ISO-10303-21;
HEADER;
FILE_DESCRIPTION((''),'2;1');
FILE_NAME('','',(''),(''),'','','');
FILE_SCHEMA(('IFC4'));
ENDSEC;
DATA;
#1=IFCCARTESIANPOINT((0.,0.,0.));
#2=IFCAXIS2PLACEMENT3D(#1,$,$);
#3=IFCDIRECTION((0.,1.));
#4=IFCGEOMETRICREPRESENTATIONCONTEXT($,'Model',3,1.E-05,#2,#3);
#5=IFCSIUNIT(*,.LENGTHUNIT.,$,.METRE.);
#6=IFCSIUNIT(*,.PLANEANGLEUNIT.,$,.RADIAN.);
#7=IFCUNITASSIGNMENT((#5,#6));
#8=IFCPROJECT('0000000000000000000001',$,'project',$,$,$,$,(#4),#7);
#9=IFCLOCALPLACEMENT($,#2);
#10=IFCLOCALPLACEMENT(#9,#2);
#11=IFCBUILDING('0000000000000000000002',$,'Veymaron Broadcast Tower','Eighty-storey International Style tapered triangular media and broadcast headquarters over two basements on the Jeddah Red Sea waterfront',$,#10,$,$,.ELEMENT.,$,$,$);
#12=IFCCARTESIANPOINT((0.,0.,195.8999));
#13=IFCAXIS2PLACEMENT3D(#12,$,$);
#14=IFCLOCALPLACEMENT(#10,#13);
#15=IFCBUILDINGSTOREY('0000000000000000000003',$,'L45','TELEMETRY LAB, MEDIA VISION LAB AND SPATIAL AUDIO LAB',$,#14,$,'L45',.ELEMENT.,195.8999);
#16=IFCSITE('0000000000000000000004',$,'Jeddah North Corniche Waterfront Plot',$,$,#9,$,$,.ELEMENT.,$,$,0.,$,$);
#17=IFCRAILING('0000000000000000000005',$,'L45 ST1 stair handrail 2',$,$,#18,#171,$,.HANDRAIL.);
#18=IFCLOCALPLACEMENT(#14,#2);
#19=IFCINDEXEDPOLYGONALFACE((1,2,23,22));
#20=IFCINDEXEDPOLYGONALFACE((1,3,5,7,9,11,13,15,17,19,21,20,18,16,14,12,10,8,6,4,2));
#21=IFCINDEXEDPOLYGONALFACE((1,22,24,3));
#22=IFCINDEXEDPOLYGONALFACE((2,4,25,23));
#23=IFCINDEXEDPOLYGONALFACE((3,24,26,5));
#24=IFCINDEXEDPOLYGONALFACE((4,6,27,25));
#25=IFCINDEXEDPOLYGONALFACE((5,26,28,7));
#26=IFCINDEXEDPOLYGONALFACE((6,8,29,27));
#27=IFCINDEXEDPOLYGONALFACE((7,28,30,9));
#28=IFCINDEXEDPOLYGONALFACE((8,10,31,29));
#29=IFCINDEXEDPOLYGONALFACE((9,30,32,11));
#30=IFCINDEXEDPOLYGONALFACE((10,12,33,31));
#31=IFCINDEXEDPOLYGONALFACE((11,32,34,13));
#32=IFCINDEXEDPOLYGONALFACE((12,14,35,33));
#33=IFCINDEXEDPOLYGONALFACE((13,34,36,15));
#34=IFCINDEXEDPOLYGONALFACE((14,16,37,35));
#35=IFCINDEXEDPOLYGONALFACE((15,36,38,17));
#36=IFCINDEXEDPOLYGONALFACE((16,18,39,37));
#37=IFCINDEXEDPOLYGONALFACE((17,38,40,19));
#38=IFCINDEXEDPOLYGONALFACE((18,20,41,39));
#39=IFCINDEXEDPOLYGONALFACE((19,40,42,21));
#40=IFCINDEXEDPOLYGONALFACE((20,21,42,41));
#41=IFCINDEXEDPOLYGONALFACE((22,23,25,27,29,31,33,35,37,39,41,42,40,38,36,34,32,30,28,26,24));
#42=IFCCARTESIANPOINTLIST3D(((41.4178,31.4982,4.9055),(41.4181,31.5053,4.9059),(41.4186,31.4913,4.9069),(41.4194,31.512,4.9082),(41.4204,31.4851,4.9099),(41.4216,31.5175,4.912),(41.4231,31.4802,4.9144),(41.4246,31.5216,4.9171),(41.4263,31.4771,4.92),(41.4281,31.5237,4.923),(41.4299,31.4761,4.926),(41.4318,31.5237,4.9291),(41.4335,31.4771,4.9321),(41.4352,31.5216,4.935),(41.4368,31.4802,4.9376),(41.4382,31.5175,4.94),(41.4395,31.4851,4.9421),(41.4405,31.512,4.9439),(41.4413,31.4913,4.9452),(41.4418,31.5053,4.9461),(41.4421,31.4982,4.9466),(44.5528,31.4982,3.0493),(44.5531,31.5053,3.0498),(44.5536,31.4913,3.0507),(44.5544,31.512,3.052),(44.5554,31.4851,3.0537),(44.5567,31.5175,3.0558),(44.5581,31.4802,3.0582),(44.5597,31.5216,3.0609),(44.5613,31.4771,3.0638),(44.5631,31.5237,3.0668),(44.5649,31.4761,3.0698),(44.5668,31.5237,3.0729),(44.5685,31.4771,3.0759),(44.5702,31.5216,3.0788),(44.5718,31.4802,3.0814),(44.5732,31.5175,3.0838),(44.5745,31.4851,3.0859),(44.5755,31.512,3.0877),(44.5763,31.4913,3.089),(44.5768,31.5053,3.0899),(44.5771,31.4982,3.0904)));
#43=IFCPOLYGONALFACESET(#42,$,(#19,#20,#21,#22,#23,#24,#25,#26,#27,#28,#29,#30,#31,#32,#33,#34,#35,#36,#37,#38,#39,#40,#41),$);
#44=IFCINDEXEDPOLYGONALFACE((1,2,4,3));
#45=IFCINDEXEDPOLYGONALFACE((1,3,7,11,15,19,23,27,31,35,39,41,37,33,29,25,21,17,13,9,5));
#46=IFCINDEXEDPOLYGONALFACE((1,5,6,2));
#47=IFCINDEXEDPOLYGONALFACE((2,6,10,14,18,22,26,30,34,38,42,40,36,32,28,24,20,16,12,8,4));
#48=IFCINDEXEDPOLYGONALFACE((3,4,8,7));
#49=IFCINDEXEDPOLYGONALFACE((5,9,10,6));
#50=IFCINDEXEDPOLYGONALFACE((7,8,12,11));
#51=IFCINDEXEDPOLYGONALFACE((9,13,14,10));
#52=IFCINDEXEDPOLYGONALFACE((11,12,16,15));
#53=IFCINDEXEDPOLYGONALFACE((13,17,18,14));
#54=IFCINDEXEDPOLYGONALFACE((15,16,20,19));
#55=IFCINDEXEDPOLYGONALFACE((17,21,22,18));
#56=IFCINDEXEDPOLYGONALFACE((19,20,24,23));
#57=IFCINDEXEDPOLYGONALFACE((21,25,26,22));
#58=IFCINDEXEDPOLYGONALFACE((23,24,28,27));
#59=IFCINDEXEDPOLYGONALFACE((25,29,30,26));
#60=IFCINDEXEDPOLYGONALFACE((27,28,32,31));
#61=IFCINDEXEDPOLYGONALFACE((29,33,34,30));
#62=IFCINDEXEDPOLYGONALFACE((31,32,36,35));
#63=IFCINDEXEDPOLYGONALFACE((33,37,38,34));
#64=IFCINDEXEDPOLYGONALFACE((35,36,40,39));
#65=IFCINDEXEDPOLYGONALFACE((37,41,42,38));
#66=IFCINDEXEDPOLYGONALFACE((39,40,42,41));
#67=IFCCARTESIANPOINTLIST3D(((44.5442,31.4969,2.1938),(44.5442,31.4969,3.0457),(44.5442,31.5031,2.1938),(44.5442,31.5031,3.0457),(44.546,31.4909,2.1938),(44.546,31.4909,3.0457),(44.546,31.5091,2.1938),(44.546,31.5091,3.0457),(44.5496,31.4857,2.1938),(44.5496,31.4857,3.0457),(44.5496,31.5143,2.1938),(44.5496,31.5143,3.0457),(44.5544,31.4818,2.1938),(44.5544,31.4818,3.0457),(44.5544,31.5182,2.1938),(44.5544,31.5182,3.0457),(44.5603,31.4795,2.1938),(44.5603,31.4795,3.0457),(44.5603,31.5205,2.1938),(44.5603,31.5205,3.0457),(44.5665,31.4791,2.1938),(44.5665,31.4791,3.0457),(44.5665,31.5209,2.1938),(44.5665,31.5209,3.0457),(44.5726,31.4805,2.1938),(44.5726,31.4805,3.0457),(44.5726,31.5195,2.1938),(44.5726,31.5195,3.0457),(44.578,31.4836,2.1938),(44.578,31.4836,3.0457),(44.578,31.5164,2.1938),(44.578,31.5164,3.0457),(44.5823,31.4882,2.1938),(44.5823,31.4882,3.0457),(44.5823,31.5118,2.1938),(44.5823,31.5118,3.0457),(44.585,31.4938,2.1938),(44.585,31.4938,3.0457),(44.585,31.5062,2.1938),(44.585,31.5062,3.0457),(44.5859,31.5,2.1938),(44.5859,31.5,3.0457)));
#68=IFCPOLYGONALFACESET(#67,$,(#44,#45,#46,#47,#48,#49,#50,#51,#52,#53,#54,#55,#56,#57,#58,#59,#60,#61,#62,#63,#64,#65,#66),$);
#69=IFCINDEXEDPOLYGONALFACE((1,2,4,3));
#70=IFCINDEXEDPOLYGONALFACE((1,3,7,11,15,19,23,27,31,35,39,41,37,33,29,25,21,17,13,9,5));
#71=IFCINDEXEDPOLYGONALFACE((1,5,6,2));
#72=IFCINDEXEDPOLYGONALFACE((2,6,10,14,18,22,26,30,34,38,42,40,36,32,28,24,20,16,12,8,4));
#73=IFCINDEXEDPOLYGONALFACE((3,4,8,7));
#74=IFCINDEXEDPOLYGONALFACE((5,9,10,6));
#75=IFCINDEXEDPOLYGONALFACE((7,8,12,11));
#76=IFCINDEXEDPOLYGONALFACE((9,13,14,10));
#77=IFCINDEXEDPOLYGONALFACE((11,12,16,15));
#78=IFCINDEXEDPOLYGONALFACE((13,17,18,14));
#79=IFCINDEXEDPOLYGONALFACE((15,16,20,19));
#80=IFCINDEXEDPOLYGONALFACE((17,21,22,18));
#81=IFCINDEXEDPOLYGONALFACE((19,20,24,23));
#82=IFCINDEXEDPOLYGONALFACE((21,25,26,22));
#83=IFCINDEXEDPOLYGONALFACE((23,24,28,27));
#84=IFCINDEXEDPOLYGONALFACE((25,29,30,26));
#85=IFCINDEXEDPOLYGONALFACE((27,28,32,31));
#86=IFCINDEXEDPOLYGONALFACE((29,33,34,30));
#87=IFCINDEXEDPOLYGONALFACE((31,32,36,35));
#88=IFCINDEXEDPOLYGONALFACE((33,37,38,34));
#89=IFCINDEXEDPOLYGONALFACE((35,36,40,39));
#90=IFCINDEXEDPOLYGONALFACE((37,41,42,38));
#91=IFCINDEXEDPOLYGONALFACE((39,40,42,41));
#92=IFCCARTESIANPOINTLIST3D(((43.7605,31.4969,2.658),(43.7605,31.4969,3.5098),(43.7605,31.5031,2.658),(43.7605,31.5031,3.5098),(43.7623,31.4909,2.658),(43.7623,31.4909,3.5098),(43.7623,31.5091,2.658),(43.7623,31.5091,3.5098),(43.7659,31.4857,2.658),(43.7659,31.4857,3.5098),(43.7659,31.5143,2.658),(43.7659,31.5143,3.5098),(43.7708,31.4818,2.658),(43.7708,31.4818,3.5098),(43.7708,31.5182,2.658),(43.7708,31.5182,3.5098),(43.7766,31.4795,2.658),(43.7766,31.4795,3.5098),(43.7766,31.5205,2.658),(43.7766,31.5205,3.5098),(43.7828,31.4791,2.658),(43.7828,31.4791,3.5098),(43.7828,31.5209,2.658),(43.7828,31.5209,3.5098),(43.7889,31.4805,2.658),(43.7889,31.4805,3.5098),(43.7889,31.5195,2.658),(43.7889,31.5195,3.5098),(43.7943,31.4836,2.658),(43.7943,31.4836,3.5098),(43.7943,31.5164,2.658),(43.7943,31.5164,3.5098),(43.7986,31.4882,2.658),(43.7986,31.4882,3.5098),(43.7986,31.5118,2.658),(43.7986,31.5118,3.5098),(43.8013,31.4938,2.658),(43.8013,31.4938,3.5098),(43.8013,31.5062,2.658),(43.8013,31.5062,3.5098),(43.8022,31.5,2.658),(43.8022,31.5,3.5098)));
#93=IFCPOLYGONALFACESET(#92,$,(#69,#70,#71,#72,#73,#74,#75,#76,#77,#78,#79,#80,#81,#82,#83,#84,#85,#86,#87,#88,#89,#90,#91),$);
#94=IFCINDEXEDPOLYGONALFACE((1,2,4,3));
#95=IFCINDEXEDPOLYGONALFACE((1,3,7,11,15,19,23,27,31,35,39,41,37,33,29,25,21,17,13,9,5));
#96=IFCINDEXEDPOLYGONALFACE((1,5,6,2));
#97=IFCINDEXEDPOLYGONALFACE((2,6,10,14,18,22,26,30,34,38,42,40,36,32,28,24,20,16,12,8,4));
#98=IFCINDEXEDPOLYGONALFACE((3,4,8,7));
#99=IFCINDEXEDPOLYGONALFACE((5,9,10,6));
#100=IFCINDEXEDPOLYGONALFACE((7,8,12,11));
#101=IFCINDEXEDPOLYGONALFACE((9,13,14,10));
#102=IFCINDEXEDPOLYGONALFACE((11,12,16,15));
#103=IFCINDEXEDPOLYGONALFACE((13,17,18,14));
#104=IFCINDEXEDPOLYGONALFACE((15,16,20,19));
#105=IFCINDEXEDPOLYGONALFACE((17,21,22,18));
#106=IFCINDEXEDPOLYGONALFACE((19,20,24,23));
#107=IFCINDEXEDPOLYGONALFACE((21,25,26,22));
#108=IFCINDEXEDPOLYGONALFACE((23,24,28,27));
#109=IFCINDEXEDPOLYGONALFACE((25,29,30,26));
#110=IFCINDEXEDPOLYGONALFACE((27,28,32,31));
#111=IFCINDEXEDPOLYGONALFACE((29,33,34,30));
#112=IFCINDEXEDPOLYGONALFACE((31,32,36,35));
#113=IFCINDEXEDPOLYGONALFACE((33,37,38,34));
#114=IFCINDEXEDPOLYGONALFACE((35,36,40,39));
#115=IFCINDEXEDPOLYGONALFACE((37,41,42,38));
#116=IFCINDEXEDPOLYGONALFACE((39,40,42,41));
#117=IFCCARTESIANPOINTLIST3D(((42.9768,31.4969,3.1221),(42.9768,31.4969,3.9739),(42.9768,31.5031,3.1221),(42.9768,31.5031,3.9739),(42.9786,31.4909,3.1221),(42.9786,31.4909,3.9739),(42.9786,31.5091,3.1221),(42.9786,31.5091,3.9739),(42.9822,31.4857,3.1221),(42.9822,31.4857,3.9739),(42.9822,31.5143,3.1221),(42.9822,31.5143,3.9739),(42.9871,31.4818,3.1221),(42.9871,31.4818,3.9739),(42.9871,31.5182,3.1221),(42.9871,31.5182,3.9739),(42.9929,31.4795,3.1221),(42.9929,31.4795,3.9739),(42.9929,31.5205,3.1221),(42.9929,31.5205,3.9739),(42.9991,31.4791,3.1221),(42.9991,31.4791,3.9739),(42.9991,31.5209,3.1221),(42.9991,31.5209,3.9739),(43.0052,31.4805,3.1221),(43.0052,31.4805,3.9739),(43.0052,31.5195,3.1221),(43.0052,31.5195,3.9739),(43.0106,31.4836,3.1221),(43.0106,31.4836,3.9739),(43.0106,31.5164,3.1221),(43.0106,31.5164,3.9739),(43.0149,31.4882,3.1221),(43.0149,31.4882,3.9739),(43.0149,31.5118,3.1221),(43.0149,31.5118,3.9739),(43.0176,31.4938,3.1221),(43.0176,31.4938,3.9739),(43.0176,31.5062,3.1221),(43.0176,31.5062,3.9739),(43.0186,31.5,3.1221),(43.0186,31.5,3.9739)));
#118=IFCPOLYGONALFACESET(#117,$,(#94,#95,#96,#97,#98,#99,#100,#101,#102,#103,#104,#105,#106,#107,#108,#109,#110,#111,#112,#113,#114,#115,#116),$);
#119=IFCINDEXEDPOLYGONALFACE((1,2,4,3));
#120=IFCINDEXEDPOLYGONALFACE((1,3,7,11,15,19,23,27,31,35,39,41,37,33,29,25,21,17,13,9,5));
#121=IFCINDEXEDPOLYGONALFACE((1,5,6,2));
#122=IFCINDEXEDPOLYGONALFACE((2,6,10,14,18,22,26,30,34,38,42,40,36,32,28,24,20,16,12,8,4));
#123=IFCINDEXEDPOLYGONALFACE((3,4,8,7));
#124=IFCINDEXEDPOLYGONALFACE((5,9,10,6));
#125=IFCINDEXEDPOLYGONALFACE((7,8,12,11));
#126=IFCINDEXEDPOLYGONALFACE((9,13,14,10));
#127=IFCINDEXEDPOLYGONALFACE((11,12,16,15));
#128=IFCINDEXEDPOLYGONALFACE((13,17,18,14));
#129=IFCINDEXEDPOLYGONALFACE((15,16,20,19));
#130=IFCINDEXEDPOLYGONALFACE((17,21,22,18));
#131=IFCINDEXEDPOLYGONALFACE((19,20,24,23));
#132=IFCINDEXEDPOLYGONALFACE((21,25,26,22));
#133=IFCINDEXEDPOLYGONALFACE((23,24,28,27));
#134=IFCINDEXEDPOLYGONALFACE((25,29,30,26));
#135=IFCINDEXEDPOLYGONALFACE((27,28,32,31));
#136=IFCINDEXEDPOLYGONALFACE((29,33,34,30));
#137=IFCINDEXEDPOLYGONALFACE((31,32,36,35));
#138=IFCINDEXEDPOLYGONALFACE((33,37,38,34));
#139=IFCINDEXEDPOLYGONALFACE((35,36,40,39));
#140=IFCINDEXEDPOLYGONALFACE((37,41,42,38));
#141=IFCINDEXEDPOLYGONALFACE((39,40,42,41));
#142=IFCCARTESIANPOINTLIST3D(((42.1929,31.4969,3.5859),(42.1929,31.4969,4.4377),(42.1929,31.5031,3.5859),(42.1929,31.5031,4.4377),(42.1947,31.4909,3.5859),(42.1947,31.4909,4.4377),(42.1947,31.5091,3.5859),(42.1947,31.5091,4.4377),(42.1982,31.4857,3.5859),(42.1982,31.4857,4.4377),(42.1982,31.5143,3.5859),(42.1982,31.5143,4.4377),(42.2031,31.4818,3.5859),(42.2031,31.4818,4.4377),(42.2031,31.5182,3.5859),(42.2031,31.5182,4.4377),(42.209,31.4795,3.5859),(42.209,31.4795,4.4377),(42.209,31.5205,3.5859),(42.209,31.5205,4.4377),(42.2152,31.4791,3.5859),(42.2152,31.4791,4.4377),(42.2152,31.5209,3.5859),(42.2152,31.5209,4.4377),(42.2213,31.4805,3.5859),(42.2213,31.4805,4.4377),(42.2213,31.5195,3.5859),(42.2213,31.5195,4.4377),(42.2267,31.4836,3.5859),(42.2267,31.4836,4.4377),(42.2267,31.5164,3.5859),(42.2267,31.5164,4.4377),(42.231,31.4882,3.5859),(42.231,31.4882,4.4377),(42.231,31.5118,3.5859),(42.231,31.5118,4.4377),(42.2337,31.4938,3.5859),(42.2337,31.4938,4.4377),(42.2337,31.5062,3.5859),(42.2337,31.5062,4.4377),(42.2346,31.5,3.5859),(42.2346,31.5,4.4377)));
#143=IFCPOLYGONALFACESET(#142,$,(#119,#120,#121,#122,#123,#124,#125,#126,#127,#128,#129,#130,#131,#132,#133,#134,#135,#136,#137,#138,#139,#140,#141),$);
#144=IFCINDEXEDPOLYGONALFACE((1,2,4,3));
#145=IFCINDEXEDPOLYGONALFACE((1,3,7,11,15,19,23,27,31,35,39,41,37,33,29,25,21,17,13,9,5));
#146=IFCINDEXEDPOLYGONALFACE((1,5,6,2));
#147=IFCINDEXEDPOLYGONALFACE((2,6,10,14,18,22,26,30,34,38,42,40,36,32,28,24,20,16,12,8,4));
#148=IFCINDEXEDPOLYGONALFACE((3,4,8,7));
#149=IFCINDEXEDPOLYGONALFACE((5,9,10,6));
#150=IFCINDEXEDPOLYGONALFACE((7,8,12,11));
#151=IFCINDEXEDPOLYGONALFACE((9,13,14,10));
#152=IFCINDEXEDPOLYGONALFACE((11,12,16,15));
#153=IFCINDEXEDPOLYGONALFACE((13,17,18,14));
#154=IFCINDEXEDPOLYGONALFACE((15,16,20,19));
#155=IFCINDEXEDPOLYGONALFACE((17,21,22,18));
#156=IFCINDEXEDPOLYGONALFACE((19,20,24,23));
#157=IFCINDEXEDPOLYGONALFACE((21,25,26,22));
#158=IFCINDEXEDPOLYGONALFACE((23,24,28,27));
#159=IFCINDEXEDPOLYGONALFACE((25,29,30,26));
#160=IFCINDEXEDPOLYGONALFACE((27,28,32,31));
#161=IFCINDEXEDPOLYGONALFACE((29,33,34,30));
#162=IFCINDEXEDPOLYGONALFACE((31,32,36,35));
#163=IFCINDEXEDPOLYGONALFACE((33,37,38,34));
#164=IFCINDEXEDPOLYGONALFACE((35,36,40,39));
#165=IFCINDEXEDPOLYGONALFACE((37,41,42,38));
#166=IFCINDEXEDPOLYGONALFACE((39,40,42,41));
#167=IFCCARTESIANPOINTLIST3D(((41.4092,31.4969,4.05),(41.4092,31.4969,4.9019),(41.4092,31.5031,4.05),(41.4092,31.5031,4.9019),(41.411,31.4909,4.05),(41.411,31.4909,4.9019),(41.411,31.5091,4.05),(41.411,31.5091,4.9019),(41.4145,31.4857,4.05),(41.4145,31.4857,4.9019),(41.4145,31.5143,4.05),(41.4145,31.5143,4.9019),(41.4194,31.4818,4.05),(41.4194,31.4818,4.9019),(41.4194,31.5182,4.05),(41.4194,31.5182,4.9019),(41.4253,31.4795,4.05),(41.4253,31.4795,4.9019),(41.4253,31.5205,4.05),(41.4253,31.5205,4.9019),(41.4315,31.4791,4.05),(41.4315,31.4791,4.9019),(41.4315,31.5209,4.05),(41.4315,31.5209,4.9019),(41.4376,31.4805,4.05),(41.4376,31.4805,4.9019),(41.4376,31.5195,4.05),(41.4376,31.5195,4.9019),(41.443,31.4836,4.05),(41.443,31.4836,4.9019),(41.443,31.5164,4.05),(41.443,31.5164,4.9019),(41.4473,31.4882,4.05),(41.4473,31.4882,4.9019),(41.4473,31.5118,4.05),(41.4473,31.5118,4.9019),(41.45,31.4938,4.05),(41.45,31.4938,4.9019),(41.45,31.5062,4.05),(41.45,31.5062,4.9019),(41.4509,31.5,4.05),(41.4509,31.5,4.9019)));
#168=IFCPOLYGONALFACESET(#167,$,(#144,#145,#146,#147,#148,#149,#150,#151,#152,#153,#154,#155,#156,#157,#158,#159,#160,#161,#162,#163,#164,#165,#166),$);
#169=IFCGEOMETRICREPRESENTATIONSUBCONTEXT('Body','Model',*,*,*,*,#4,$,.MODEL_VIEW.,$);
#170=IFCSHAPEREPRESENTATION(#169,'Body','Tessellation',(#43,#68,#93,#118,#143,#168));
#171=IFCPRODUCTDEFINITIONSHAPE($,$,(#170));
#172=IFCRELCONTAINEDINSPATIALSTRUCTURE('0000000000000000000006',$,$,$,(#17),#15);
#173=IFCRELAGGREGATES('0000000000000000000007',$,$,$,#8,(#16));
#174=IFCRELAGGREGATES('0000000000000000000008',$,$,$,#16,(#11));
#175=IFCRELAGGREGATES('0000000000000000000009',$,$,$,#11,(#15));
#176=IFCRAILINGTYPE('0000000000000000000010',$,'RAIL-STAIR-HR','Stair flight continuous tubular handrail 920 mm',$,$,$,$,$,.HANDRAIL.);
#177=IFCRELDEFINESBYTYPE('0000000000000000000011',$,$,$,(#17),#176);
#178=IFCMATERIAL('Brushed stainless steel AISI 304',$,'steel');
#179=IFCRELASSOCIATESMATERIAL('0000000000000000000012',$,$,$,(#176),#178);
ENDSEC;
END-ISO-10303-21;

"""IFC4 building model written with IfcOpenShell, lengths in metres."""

from ifc_helpers import new_model, si_unit, direction, frame, origin, origin_2d, place, context, subcontext, project, spatial, circle, extrude, material, type_object, element, save


model = new_model("IFC4")

# Units and contexts
model_context = context("Model", 3, precision=1e-05, world=origin(), true_north=direction((0.0, 1.0)))
body_context = subcontext(model_context, "Body", "Model", "MODEL_VIEW")
ifc_project = project(units=[si_unit("LENGTHUNIT", "METRE"), si_unit("PLANEANGLEUNIT", "RADIAN")], contexts=[model_context])

# Site, building, storey
site_placement = place(None, origin())
site = spatial("IfcSite", under=ifc_project, at=site_placement, Name="Jeddah North Corniche Waterfront Plot", CompositionType="ELEMENT", RefElevation=0.0)
building_placement = place(site_placement, origin())
building = spatial("IfcBuilding", under=site, at=building_placement, Name="Veymaron Broadcast Tower", Description="Eighty-storey International Style tapered triangular media and broadcast headquarters over two basements on the Jeddah Red Sea waterfront", CompositionType="ELEMENT")
storey_placement = place(building_placement, frame((0.0, 0.0, 195.8999)))
storey = spatial("IfcBuildingStorey", under=building, at=storey_placement, Name="L45", Description="TELEMETRY LAB, MEDIA VISION LAB AND SPATIAL AUDIO LAB", LongName="L45", CompositionType="ELEMENT", Elevation=195.8999)

# Shared definitions
ifc_material_1 = material(Name="Brushed stainless steel AISI 304", Category="steel")

# Railing
railing_type_1 = type_object("IfcRailingType", Name="RAIL-STAIR-HR", Description="Stair flight continuous tubular handrail 920 mm", PredefinedType="HANDRAIL", material=ifc_material_1)
railing_1_placement = place(storey_placement, frame((44.5649, 31.5, 2.1938)))
element("IfcRailing", 1, at=railing_1_placement, inside=storey, type_object=railing_type_1, Name="L45 ST1 stair handrail 2", PredefinedType="HANDRAIL", context=body_context, shape_type="SweptSolid", body=[
    extrude(circle(Radius=0.0239, at=origin_2d()), frame((0.0, 0.0, 0.876), z_axis=(-0.860482, 0.0, 0.509481), x_axis=(0.0, -1.0, 0.0)), (0.0, 0.0, 1.0), 3.6433),
    extrude(circle(Radius=0.021, at=origin_2d()), origin(), (0.0, 0.0, 1.0), 0.8518),
    extrude(circle(Radius=0.021, at=origin_2d()), frame((-0.7837, 0.0, 0.4641)), (0.0, 0.0, 1.0), 0.8518),
    extrude(circle(Radius=0.021, at=origin_2d()), frame((-1.5674, 0.0, 0.9282)), (0.0, 0.0, 1.0), 0.8518),
    extrude(circle(Radius=0.021, at=origin_2d()), frame((-2.3513, 0.0, 1.3921)), (0.0, 0.0, 1.0), 0.8518),
    extrude(circle(Radius=0.021, at=origin_2d()), frame((-3.135, 0.0, 1.8562)), (0.0, 0.0, 1.0), 0.8518),
])

save(model, "model.ifc")
